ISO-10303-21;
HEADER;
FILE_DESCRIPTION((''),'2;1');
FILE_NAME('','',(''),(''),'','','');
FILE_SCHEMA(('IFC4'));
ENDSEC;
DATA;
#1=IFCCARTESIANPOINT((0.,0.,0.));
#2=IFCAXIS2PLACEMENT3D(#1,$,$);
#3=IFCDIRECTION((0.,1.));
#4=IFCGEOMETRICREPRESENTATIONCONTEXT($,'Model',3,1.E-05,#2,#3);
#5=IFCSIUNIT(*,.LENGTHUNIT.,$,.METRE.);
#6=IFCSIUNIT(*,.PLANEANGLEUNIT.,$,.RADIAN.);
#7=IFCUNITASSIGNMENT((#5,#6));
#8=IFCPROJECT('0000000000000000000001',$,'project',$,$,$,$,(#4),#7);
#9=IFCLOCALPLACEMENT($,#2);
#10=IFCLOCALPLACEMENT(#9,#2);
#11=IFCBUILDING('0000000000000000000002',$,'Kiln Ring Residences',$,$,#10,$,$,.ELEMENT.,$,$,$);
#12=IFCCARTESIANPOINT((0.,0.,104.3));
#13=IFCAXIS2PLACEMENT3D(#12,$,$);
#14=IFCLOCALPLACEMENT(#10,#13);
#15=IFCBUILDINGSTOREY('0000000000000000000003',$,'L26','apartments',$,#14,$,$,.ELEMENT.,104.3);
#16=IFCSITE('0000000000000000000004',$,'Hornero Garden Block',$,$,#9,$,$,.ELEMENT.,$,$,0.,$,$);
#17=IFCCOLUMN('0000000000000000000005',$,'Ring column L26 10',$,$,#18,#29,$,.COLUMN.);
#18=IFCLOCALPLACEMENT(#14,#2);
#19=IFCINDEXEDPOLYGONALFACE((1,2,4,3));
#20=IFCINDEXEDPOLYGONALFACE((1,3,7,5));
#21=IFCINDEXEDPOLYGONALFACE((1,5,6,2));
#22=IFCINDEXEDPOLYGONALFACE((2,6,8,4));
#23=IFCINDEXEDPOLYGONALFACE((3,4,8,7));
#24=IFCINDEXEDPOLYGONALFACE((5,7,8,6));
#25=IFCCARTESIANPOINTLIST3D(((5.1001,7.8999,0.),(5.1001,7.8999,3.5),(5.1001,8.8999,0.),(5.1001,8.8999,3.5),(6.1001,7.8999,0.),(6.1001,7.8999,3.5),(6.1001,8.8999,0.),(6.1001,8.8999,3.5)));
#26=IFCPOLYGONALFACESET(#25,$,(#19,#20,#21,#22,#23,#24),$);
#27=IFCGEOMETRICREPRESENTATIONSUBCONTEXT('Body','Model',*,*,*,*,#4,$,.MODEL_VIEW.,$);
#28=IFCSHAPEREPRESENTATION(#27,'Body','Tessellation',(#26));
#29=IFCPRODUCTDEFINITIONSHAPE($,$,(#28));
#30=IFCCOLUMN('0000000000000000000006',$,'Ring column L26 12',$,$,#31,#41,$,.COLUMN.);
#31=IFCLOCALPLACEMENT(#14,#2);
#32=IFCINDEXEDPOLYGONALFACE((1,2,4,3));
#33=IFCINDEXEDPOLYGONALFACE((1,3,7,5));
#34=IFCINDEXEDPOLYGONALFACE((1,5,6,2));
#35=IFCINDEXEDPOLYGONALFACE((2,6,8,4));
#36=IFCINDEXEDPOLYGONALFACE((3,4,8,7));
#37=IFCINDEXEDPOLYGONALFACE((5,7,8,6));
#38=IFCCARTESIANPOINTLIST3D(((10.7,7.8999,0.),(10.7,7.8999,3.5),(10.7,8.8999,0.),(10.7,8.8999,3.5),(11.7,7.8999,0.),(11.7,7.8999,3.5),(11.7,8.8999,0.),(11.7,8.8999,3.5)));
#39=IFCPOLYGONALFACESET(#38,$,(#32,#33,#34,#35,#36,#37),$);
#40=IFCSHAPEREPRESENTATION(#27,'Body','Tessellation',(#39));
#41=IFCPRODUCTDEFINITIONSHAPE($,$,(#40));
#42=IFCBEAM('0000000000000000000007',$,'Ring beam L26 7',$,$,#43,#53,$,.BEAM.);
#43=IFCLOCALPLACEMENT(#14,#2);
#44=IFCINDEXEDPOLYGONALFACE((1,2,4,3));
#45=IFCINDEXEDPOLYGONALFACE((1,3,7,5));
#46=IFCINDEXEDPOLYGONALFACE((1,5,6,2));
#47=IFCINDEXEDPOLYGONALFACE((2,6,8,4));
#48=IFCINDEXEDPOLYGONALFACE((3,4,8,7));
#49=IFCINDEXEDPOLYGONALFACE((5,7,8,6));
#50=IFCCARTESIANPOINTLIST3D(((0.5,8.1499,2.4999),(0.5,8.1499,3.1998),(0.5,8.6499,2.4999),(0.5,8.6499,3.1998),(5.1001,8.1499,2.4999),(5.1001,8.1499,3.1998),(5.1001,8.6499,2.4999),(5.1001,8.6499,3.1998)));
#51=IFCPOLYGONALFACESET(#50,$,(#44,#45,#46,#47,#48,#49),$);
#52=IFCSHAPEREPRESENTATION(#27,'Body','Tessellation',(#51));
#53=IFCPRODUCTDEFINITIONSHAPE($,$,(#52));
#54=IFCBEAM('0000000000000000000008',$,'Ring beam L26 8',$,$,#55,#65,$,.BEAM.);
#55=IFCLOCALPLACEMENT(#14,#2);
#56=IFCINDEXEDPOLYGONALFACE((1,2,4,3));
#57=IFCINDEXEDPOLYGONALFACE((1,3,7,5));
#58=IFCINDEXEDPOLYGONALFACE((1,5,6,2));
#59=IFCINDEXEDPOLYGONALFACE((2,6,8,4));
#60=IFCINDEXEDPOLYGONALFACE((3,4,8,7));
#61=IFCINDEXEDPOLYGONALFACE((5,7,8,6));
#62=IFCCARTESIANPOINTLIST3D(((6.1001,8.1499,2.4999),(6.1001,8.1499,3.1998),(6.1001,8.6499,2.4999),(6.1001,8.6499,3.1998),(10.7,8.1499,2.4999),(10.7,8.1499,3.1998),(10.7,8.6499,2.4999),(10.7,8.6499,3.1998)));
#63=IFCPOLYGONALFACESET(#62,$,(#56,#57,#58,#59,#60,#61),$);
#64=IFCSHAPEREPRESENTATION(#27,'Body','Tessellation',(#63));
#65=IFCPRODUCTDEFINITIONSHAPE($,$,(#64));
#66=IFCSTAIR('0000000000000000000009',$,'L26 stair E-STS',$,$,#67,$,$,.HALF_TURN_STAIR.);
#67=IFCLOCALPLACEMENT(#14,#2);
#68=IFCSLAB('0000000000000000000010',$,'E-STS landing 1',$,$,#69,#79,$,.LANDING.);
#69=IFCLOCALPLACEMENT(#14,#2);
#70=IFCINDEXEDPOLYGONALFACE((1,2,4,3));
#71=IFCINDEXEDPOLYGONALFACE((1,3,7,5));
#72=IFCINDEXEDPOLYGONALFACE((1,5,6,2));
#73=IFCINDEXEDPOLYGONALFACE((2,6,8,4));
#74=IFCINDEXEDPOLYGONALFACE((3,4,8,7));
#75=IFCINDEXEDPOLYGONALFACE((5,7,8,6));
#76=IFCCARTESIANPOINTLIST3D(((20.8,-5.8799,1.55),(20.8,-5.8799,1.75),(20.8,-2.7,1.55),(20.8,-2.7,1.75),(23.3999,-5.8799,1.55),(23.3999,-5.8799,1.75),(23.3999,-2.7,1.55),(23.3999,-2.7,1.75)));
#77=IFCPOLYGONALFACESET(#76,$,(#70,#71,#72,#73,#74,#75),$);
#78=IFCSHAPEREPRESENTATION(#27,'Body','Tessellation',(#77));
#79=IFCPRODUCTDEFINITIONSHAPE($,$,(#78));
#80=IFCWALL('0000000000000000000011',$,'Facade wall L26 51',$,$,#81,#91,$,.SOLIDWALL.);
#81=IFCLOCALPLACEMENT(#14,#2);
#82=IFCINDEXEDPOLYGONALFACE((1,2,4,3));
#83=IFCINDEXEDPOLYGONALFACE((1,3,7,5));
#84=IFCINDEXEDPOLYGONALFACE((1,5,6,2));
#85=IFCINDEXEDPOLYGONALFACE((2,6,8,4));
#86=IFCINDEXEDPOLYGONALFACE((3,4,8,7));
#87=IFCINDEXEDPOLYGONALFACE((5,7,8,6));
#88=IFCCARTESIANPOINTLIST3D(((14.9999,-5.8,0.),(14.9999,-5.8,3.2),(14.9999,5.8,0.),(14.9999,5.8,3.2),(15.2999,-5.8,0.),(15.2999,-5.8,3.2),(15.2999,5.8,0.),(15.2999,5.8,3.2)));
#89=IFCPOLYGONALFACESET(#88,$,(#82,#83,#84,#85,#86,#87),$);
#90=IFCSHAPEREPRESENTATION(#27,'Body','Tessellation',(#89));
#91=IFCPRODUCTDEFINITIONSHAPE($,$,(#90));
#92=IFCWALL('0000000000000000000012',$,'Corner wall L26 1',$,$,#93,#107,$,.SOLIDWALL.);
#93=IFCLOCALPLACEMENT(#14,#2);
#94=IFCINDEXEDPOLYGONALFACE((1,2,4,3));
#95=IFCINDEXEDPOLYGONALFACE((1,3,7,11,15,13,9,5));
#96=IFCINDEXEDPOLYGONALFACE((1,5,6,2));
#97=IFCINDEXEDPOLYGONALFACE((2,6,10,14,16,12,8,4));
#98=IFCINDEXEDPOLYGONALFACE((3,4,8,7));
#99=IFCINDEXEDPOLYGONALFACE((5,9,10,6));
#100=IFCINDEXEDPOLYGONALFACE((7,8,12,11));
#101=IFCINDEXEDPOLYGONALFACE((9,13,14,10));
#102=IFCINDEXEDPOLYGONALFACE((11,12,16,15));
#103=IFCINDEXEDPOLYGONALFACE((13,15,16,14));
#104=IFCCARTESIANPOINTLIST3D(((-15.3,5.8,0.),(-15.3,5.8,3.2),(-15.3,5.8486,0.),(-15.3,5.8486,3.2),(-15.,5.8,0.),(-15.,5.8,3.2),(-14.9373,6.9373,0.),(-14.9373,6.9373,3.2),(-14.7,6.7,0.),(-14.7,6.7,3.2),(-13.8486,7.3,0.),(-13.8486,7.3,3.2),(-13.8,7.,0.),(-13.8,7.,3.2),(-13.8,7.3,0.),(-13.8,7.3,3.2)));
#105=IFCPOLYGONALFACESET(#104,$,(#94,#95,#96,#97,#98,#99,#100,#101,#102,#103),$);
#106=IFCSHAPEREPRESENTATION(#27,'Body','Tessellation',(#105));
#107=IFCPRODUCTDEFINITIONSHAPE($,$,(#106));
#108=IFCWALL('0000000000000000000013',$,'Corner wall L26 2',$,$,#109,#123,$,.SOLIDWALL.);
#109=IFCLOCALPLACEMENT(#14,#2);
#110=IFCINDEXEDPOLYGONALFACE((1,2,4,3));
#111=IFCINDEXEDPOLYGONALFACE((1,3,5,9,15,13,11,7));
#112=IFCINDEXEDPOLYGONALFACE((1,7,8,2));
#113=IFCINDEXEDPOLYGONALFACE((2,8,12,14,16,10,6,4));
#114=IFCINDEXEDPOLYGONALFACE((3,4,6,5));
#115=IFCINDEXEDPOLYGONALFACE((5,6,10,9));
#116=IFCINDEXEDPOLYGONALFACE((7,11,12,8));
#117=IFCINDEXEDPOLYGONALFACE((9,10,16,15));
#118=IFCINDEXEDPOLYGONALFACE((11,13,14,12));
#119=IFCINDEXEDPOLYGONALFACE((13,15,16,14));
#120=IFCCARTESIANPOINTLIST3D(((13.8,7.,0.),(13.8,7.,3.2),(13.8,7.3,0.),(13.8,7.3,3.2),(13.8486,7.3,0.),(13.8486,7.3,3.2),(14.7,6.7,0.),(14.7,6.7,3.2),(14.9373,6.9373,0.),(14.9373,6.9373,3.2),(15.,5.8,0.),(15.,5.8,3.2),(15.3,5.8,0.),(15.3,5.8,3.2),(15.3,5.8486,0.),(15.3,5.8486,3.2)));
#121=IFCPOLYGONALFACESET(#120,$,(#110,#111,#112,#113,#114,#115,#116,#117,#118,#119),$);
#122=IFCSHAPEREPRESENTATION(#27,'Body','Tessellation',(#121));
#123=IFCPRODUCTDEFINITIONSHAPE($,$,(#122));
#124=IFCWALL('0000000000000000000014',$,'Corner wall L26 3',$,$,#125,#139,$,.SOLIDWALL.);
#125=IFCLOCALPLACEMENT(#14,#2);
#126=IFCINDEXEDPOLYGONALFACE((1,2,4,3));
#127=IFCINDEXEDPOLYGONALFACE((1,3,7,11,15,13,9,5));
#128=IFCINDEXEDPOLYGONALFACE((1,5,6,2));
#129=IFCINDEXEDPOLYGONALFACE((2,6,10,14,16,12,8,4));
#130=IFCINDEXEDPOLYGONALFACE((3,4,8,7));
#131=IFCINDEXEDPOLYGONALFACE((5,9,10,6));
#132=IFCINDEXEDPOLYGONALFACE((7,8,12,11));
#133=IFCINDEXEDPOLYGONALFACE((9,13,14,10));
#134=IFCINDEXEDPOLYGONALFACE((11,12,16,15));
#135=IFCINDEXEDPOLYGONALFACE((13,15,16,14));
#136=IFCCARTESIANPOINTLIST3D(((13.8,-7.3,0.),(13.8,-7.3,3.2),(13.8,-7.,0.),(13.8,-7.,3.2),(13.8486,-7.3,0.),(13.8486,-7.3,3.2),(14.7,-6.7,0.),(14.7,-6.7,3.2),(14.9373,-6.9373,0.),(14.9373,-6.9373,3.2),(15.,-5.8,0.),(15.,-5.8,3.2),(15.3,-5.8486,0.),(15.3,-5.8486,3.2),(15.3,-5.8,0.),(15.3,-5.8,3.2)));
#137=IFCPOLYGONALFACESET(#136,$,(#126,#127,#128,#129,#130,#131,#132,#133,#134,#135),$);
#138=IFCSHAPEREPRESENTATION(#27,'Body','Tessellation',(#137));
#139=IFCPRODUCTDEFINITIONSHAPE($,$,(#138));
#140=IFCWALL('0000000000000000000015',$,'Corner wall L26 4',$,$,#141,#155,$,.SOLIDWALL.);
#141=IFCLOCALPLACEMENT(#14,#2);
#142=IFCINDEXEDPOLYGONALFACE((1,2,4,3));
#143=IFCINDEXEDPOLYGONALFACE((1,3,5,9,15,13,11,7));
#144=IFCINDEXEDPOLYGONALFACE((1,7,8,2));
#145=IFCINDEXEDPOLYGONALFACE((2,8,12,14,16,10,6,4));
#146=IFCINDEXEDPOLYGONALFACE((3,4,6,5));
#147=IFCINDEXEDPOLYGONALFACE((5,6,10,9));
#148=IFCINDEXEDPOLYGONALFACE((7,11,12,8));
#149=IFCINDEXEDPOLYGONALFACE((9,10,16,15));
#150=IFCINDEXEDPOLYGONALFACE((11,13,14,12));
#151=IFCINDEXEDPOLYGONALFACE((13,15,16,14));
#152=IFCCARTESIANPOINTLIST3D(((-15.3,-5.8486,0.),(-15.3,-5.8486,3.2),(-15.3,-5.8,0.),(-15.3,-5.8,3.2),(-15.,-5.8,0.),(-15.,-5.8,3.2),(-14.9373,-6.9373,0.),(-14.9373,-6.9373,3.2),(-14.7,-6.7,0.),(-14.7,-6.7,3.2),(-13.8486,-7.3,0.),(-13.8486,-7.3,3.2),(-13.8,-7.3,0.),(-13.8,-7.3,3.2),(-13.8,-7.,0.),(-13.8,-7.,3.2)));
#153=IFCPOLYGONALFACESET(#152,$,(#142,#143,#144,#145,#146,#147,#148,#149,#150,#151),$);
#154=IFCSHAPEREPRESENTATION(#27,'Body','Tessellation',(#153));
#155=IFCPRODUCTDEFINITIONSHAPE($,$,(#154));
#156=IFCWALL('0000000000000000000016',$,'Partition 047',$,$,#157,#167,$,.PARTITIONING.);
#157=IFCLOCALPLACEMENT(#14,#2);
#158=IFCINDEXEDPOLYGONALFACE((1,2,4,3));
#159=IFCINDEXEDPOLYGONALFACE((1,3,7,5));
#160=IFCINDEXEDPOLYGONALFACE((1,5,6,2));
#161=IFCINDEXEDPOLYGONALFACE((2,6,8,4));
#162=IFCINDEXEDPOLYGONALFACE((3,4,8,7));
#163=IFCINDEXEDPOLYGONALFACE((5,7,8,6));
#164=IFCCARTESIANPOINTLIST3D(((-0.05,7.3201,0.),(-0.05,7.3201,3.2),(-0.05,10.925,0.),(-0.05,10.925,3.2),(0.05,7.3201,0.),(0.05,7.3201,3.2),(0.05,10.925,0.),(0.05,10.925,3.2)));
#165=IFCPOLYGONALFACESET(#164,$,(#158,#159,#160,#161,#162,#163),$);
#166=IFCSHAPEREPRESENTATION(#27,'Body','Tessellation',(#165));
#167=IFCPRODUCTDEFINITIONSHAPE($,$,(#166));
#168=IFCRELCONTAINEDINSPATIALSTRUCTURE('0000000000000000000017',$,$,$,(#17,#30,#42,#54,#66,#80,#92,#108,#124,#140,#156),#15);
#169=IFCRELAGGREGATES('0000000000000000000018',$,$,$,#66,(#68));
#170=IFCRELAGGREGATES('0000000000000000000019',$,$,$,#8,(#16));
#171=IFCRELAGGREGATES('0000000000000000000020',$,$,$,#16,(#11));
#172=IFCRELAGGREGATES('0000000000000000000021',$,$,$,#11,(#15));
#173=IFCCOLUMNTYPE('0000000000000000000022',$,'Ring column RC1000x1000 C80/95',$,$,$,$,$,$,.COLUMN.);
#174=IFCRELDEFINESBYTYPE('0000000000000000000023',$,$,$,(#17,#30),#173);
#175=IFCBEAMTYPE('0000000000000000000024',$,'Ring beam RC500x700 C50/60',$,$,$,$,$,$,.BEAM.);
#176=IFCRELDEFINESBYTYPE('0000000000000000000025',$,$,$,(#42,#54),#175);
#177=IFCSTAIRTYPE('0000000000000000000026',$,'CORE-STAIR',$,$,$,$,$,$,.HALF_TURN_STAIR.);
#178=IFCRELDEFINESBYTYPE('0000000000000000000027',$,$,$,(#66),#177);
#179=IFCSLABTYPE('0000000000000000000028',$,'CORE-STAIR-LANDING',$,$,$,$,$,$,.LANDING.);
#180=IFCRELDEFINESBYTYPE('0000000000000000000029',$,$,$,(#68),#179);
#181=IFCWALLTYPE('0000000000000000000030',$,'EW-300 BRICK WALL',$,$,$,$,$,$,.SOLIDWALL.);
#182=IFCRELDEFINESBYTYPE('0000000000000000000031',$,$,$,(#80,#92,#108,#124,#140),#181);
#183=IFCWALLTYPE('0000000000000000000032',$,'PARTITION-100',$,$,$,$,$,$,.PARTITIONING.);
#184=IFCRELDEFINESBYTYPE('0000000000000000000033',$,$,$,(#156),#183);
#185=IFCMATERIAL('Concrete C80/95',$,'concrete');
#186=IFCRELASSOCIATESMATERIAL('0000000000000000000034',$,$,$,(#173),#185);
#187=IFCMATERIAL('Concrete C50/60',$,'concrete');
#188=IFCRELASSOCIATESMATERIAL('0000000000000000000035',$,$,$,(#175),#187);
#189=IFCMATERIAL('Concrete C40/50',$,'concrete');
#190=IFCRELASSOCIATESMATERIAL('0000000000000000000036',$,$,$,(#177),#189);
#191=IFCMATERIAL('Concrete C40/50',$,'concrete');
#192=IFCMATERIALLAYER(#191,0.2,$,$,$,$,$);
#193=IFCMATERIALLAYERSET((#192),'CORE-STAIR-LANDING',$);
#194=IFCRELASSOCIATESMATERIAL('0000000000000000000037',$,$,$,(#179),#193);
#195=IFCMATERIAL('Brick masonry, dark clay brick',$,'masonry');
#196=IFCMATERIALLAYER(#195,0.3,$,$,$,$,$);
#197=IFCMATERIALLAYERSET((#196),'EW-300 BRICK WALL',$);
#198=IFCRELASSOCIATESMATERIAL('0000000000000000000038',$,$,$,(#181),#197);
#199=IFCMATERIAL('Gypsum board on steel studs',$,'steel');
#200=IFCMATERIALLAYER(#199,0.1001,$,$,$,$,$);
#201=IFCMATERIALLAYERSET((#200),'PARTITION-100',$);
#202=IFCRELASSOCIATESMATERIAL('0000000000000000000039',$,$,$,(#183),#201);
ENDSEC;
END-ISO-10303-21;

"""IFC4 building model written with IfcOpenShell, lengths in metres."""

from ifc_helpers import new_model, si_unit, direction, frame, frame_2d, origin, origin_2d, place, context, subcontext, project, spatial, polyline, rectangle, outline, extrude, material, layer, layer_set, material_profile, profile_set, type_object, element, aggregate, save


model = new_model("IFC4")

# Units and contexts
model_context = context("Model", 3, precision=1e-05, world=origin(), true_north=direction((0.0, 1.0)))
body_context = subcontext(model_context, "Body", "Model", "MODEL_VIEW")
ifc_project = project(units=[si_unit("LENGTHUNIT", "METRE"), si_unit("PLANEANGLEUNIT", "RADIAN")], contexts=[model_context])

# Site, building, storey
site_placement = place(None, origin())
site = spatial("IfcSite", under=ifc_project, at=site_placement, Name="Hornero Garden Block", CompositionType="ELEMENT", RefElevation=0.0)
building_placement = place(site_placement, origin())
building = spatial("IfcBuilding", under=site, at=building_placement, Name="Kiln Ring Residences", CompositionType="ELEMENT")
storey_placement = place(building_placement, frame((0.0, 0.0, 104.3)))
storey = spatial("IfcBuildingStorey", under=building, at=storey_placement, Name="L26", Description="apartments", CompositionType="ELEMENT", Elevation=104.3)

# Columns
ifc_material_1 = material(Name="Concrete C80/95", Category="concrete")
ifc_material_profile_1 = material_profile(ifc_material_1, rectangle(XDim=1.0, YDim=1.0, at=origin_2d()), Name="RC1000x1000")
ifc_profile_set_1 = profile_set([ifc_material_profile_1], Name="Concrete C80/95")
column_type = type_object("IfcColumnType", Name="Ring column RC1000x1000 C80/95", PredefinedType="COLUMN", material=ifc_profile_set_1)
for number, where, z_axis, x_axis, name in (
    (1, (5.6001, 8.3999, 0.0), (0.0, 0.0, 1.0), (1.0, 0.0, 0.0), "Ring column L26 10"),
    (2, (11.2, 8.3999, 0.0), (0.0, 0.0, 1.0), (1.0, 0.0, 0.0), "Ring column L26 12"),
):
    element("IfcColumn", number, at=place(storey_placement, frame(where, z_axis=z_axis, x_axis=x_axis)), inside=storey, type_object=column_type, Name=name, PredefinedType="COLUMN", context=body_context, shape_type="SweptSolid", body=[
        extrude(rectangle(XDim=1.0, YDim=1.0, at=origin_2d()), origin(), (0.0, 0.0, 1.0), 3.5),
    ])

# Beams
ifc_material_2 = material(Name="Concrete C50/60", Category="concrete")
ifc_material_profile_2 = material_profile(ifc_material_2, rectangle(XDim=0.5, YDim=0.7, at=origin_2d()), Name="RC500x700")
ifc_profile_set_2 = profile_set([ifc_material_profile_2], Name="Concrete C50/60")
beam_type = type_object("IfcBeamType", Name="Ring beam RC500x700 C50/60", PredefinedType="BEAM", material=ifc_profile_set_2)
beam_1_placement = place(storey_placement, frame((0.5, 8.3999, 2.8499), z_axis=(1.0, 0.0, 0.0), x_axis=(0.0, 1.0, 0.0)))
element("IfcBeam", 3, at=beam_1_placement, inside=storey, type_object=beam_type, Name="Ring beam L26 7", PredefinedType="BEAM", context=body_context, shape_type="SweptSolid", body=[
    extrude(rectangle(XDim=0.5, YDim=0.7, at=origin_2d()), origin(), (0.0, 0.0, 1.0), 4.6001),
])
beam_2_placement = place(storey_placement, frame((6.1001, 8.3999, 2.8499), z_axis=(1.0, 0.0, 0.0), x_axis=(0.0, 1.0, 0.0)))
element("IfcBeam", 4, at=beam_2_placement, inside=storey, type_object=beam_type, Name="Ring beam L26 8", PredefinedType="BEAM", context=body_context, shape_type="SweptSolid", body=[
    extrude(rectangle(XDim=0.5, YDim=0.7, at=origin_2d()), origin(), (0.0, 0.0, 1.0), 4.5999),
])

# Stair, slab
ifc_material_3 = material(Name="Concrete C40/50", Category="concrete")
stair_type = type_object("IfcStairType", Name="CORE-STAIR", PredefinedType="HALF_TURN_STAIR", material=ifc_material_3)
placement = place(storey_placement, origin())
stair = element("IfcStair", 5, at=placement, inside=storey, type_object=stair_type, Name="L26 stair E-STS", PredefinedType="HALF_TURN_STAIR")
ifc_material_4 = material(Name="Concrete C40/50", Category="concrete")
ifc_layer_1 = layer(ifc_material_4, 0.2)
ifc_layer_set_1 = layer_set([ifc_layer_1], Name="CORE-STAIR-LANDING")
slab_type = type_object("IfcSlabType", Name="CORE-STAIR-LANDING", PredefinedType="LANDING", material=ifc_layer_set_1)
slab_placement = place(storey_placement, frame((0.0, 0.0, 1.55)))
slab = element("IfcSlab", 6, at=slab_placement, type_object=slab_type, Name="E-STS landing 1", PredefinedType="LANDING", context=body_context, shape_type="SweptSolid", body=[
    extrude(outline(polyline([(23.3999, -5.8799), (23.3999, -2.7), (20.8, -2.7), (20.8, -5.8799), (23.3999, -5.8799)])), origin(), (0.0, 0.0, 1.0), 0.2),
])
aggregate(stair, [slab])

# Walls
ifc_material_5 = material(Name="Brick masonry, dark clay brick", Category="masonry")
ifc_layer_2 = layer(ifc_material_5, 0.3)
ifc_layer_set_2 = layer_set([ifc_layer_2], Name="EW-300 BRICK WALL")
wall_type_1 = type_object("IfcWallType", Name="EW-300 BRICK WALL", PredefinedType="SOLIDWALL", material=ifc_layer_set_2)
wall_1_placement = place(storey_placement, frame((15.1499, 5.8, 0.0), z_axis=(0.0, 0.0, 1.0), x_axis=(0.0, -1.0, 0.0)))
element("IfcWall", 7, at=wall_1_placement, inside=storey, type_object=wall_type_1, Name="Facade wall L26 51", PredefinedType="SOLIDWALL", context=body_context, shape_type="SweptSolid", body=[
    extrude(rectangle(XDim=11.6001, YDim=0.3, at=frame_2d((5.8, 0.0))), origin(), (0.0, 0.0, 1.0), 3.2),
])
element("IfcWall", 8, at=placement, inside=storey, type_object=wall_type_1, Name="Corner wall L26 1", PredefinedType="SOLIDWALL", context=body_context, shape_type="SweptSolid", body=[
    extrude(outline(polyline([(-13.8486, 7.3), (-14.9373, 6.9373), (-15.3, 5.8486), (-15.3, 5.8), (-15.0, 5.8), (-14.7, 6.7), (-13.8, 7.0), (-13.8, 7.3), (-13.8486, 7.3)])), origin(), (0.0, 0.0, 1.0), 3.2),
])
element("IfcWall", 9, at=placement, inside=storey, type_object=wall_type_1, Name="Corner wall L26 2", PredefinedType="SOLIDWALL", context=body_context, shape_type="SweptSolid", body=[
    extrude(outline(polyline([(14.9373, 6.9373), (13.8486, 7.3), (13.8, 7.3), (13.8, 7.0), (14.7, 6.7), (15.0, 5.8), (15.3, 5.8), (15.3, 5.8486), (14.9373, 6.9373)])), origin(), (0.0, 0.0, 1.0), 3.2),
])
element("IfcWall", 10, at=placement, inside=storey, type_object=wall_type_1, Name="Corner wall L26 3", PredefinedType="SOLIDWALL", context=body_context, shape_type="SweptSolid", body=[
    extrude(outline(polyline([(14.9373, -6.9373), (15.3, -5.8486), (15.3, -5.8), (15.0, -5.8), (14.7, -6.7), (13.8, -7.0), (13.8, -7.3), (13.8486, -7.3), (14.9373, -6.9373)])), origin(), (0.0, 0.0, 1.0), 3.2),
])
element("IfcWall", 11, at=placement, inside=storey, type_object=wall_type_1, Name="Corner wall L26 4", PredefinedType="SOLIDWALL", context=body_context, shape_type="SweptSolid", body=[
    extrude(outline(polyline([(-14.9373, -6.9373), (-13.8486, -7.3), (-13.8, -7.3), (-13.8, -7.0), (-14.7, -6.7), (-15.0, -5.8), (-15.3, -5.8), (-15.3, -5.8486), (-14.9373, -6.9373)])), origin(), (0.0, 0.0, 1.0), 3.2),
])
ifc_material_6 = material(Name="Gypsum board on steel studs", Category="steel")
ifc_layer_3 = layer(ifc_material_6, 0.1001)
ifc_layer_set_3 = layer_set([ifc_layer_3], Name="PARTITION-100")
wall_type_2 = type_object("IfcWallType", Name="PARTITION-100", PredefinedType="PARTITIONING", material=ifc_layer_set_3)
wall_2_placement = place(storey_placement, frame((0.0, 7.3201, 0.0), z_axis=(0.0, 0.0, 1.0), x_axis=(0.0, 1.0, 0.0)))
element("IfcWall", 12, at=wall_2_placement, inside=storey, type_object=wall_type_2, Name="Partition 047", PredefinedType="PARTITIONING", context=body_context, shape_type="SweptSolid", body=[
    extrude(rectangle(XDim=3.605, YDim=0.1001, at=frame_2d((1.8025, 0.0))), origin(), (0.0, 0.0, 1.0), 3.2),
])

save(model, "model.ifc")
